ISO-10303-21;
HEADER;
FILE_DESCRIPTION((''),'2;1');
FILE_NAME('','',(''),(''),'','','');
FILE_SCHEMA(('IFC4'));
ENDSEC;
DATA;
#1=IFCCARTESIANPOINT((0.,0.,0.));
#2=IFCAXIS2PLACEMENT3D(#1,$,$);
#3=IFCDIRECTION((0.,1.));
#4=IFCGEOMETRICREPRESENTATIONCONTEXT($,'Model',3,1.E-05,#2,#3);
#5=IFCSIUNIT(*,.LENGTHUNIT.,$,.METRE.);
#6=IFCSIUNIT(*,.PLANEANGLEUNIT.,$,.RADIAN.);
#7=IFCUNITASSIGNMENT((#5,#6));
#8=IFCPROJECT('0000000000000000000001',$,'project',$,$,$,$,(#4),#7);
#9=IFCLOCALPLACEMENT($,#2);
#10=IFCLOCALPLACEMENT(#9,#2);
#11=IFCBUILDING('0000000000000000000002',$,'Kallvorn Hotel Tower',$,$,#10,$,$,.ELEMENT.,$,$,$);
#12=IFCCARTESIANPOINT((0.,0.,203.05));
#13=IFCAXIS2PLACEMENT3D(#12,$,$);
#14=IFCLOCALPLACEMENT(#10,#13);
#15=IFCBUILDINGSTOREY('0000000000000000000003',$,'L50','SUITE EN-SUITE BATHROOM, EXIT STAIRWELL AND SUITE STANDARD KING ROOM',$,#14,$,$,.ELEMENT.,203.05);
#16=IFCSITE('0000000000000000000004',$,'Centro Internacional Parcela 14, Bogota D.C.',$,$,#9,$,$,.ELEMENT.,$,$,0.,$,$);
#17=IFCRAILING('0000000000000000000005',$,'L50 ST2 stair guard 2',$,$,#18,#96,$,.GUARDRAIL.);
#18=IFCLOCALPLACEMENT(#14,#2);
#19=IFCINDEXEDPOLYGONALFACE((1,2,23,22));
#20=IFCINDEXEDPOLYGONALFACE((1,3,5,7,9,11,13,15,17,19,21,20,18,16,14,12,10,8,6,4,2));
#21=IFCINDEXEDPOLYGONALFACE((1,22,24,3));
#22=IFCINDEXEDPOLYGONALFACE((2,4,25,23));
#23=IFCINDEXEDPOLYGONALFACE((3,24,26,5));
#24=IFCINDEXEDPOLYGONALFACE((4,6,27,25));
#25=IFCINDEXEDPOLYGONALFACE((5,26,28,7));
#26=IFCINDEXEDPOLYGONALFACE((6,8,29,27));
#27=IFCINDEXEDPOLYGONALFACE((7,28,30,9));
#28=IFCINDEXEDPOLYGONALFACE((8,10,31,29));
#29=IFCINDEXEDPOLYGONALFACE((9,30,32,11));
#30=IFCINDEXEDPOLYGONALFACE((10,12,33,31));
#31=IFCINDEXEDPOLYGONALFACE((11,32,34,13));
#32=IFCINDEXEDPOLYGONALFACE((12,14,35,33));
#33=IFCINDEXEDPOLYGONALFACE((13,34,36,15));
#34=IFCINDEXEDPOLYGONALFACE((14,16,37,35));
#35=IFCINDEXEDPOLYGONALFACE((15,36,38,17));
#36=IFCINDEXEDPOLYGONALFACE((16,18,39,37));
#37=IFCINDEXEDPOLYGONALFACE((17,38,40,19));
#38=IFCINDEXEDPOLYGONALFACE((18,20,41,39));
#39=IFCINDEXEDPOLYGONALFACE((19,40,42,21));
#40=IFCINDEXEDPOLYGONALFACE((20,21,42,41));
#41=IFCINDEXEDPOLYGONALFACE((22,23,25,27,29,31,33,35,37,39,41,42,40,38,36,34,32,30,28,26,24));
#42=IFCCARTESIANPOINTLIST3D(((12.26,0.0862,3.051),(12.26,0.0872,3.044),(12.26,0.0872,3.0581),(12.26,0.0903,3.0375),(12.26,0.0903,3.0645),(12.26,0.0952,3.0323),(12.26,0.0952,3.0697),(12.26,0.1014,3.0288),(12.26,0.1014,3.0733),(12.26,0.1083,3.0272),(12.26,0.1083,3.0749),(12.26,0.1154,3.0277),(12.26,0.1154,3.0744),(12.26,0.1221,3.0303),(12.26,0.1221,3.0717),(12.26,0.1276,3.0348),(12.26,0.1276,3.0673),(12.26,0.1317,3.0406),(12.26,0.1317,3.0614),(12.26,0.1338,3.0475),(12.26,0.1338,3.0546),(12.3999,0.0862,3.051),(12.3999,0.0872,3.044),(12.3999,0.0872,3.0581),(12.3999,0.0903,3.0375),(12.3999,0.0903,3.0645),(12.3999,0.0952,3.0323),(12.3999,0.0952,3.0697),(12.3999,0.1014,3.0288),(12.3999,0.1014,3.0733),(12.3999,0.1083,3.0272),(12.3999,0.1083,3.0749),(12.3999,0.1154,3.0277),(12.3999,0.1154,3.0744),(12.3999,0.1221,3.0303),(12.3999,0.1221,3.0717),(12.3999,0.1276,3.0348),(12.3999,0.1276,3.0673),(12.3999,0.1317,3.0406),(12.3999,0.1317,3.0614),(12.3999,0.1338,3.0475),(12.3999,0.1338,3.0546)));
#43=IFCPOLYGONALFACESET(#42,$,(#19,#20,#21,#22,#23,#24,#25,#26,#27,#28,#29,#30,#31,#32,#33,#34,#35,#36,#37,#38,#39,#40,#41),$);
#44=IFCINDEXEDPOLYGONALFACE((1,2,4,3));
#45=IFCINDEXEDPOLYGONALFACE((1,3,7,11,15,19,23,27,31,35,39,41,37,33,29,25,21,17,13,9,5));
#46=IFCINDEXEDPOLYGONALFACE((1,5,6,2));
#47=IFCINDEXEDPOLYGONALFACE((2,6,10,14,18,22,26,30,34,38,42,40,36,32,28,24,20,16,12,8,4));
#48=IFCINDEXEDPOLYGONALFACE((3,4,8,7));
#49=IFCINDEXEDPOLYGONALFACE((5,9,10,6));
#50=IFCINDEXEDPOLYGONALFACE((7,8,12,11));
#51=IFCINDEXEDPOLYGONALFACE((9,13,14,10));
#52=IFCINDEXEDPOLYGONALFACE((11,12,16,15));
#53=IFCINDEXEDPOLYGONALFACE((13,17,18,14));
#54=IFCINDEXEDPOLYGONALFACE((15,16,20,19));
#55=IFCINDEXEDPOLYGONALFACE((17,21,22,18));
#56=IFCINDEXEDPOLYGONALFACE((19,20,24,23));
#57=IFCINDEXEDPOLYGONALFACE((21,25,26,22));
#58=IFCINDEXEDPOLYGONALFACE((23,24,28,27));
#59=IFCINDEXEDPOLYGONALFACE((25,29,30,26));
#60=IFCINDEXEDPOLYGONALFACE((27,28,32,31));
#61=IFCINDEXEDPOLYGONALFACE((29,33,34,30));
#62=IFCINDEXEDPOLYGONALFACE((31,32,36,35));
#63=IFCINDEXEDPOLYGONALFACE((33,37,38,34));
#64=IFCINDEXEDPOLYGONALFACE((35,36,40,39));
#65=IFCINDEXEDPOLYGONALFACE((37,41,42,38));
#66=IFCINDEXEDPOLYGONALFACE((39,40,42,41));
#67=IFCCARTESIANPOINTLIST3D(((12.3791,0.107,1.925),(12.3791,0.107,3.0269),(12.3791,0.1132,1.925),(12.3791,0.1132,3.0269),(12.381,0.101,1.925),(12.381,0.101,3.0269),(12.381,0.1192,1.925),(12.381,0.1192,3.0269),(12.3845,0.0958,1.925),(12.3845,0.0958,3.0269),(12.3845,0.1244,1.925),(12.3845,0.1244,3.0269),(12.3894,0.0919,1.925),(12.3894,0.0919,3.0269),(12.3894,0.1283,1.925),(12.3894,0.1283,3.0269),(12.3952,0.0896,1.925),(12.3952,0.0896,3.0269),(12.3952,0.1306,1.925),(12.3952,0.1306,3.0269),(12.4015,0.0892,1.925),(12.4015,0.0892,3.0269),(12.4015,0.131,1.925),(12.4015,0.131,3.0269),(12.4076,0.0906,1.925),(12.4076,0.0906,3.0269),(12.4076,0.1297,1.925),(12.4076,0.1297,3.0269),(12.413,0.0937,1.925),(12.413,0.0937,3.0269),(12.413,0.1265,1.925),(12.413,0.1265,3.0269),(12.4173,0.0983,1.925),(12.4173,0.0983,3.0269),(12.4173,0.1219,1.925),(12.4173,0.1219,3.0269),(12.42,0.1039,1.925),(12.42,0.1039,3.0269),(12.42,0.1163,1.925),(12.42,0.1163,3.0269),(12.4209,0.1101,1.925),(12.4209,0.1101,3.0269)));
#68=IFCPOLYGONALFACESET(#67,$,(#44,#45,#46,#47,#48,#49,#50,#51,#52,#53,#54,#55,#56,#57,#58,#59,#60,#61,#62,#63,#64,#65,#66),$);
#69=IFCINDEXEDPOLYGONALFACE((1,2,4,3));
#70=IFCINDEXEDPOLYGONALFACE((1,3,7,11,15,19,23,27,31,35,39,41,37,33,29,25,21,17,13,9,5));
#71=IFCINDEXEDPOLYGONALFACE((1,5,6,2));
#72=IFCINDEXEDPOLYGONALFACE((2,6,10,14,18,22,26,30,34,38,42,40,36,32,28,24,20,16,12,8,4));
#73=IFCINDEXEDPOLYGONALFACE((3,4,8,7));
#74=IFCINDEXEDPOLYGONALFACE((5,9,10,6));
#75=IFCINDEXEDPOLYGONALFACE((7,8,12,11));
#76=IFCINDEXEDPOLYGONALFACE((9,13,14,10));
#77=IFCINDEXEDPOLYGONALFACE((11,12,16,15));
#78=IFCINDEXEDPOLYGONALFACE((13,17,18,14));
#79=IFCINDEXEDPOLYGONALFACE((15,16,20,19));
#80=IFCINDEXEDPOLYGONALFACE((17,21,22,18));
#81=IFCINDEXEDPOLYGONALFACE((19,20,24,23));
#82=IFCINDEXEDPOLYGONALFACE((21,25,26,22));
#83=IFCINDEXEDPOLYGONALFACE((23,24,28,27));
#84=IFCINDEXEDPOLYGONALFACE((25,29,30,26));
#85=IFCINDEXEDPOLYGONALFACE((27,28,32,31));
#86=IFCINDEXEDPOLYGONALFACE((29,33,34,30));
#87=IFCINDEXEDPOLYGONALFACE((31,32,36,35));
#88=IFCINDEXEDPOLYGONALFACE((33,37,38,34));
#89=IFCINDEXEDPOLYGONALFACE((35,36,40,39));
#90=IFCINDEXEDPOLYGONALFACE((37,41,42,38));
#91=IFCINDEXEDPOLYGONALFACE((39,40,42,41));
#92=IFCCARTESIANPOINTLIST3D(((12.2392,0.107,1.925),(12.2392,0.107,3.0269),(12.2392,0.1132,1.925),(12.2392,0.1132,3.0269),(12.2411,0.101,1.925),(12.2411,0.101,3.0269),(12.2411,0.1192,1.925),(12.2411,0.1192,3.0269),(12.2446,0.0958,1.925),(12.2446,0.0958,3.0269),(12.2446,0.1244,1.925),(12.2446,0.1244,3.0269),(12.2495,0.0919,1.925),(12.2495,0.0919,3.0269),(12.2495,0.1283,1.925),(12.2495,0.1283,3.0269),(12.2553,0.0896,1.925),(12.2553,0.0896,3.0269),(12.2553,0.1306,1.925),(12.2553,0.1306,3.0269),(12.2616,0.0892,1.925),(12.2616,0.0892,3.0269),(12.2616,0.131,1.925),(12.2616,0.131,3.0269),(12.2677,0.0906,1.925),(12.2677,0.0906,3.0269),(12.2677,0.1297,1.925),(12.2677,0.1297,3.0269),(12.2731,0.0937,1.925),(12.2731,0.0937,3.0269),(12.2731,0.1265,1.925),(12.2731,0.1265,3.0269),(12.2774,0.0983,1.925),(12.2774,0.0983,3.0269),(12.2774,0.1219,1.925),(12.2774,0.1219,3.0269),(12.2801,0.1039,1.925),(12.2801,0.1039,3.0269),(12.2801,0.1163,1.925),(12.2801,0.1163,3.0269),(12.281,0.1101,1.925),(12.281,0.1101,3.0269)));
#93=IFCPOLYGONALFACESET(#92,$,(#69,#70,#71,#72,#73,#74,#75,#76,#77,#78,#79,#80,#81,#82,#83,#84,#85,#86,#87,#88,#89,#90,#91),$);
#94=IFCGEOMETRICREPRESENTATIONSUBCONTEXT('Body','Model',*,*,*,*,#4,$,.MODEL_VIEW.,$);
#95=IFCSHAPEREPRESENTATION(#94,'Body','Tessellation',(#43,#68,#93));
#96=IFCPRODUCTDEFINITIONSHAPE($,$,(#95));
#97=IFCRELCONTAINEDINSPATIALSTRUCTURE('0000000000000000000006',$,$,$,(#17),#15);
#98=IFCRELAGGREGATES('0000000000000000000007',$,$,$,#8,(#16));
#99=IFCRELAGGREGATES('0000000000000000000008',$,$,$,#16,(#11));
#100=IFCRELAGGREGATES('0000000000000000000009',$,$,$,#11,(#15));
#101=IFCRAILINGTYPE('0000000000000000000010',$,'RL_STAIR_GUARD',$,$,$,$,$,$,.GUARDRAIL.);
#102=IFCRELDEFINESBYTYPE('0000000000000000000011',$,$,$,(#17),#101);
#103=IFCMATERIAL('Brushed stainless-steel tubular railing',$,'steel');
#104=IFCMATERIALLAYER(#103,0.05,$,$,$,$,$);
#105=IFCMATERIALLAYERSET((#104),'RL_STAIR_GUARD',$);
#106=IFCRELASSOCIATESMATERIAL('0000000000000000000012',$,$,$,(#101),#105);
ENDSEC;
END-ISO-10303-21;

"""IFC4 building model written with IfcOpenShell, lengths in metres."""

from ifc_helpers import new_model, si_unit, direction, frame, origin, origin_2d, place, context, subcontext, project, spatial, circle, extrude, material, layer, layer_set, type_object, element, save


model = new_model("IFC4")

# Units and contexts
model_context = context("Model", 3, precision=1e-05, world=origin(), true_north=direction((0.0, 1.0)))
body_context = subcontext(model_context, "Body", "Model", "MODEL_VIEW")
ifc_project = project(units=[si_unit("LENGTHUNIT", "METRE"), si_unit("PLANEANGLEUNIT", "RADIAN")], contexts=[model_context])

# Site, building, storey
site_placement = place(None, origin())
site = spatial("IfcSite", under=ifc_project, at=site_placement, Name="Centro Internacional Parcela 14, Bogota D.C.", CompositionType="ELEMENT", RefElevation=0.0)
building_placement = place(site_placement, origin())
building = spatial("IfcBuilding", under=site, at=building_placement, Name="Kallvorn Hotel Tower", CompositionType="ELEMENT")
storey_placement = place(building_placement, frame((0.0, 0.0, 203.05)))
storey = spatial("IfcBuildingStorey", under=building, at=storey_placement, Name="L50", Description="SUITE EN-SUITE BATHROOM, EXIT STAIRWELL AND SUITE STANDARD KING ROOM", CompositionType="ELEMENT", Elevation=203.05)

# Railing
ifc_material_1 = material(Name="Brushed stainless-steel tubular railing", Category="steel")
ifc_layer_1 = layer(ifc_material_1, 0.05)
ifc_layer_set_1 = layer_set([ifc_layer_1], Name="RL_STAIR_GUARD")
railing_type_1 = type_object("IfcRailingType", Name="RL_STAIR_GUARD", PredefinedType="GUARDRAIL", material=ifc_layer_set_1)
railing_1_placement = place(storey_placement, frame((12.3999, 0.1101, 1.925)))
element("IfcRailing", 1, at=railing_1_placement, inside=storey, type_object=railing_type_1, Name="L50 ST2 stair guard 2", PredefinedType="GUARDRAIL", context=body_context, shape_type="SweptSolid", body=[
    extrude(circle(Radius=0.0239, at=origin_2d()), frame((0.0, 0.0, 1.126), z_axis=(-1.0, 0.0, 0.0), x_axis=(0.0, -1.0, 0.0)), (0.0, 0.0, 1.0), 0.1399),
    extrude(circle(Radius=0.021, at=origin_2d()), origin(), (0.0, 0.0, 1.0), 1.1018),
    extrude(circle(Radius=0.021, at=origin_2d()), frame((-0.1399, 0.0, 0.0)), (0.0, 0.0, 1.0), 1.1018),
])

save(model, "model.ifc")
